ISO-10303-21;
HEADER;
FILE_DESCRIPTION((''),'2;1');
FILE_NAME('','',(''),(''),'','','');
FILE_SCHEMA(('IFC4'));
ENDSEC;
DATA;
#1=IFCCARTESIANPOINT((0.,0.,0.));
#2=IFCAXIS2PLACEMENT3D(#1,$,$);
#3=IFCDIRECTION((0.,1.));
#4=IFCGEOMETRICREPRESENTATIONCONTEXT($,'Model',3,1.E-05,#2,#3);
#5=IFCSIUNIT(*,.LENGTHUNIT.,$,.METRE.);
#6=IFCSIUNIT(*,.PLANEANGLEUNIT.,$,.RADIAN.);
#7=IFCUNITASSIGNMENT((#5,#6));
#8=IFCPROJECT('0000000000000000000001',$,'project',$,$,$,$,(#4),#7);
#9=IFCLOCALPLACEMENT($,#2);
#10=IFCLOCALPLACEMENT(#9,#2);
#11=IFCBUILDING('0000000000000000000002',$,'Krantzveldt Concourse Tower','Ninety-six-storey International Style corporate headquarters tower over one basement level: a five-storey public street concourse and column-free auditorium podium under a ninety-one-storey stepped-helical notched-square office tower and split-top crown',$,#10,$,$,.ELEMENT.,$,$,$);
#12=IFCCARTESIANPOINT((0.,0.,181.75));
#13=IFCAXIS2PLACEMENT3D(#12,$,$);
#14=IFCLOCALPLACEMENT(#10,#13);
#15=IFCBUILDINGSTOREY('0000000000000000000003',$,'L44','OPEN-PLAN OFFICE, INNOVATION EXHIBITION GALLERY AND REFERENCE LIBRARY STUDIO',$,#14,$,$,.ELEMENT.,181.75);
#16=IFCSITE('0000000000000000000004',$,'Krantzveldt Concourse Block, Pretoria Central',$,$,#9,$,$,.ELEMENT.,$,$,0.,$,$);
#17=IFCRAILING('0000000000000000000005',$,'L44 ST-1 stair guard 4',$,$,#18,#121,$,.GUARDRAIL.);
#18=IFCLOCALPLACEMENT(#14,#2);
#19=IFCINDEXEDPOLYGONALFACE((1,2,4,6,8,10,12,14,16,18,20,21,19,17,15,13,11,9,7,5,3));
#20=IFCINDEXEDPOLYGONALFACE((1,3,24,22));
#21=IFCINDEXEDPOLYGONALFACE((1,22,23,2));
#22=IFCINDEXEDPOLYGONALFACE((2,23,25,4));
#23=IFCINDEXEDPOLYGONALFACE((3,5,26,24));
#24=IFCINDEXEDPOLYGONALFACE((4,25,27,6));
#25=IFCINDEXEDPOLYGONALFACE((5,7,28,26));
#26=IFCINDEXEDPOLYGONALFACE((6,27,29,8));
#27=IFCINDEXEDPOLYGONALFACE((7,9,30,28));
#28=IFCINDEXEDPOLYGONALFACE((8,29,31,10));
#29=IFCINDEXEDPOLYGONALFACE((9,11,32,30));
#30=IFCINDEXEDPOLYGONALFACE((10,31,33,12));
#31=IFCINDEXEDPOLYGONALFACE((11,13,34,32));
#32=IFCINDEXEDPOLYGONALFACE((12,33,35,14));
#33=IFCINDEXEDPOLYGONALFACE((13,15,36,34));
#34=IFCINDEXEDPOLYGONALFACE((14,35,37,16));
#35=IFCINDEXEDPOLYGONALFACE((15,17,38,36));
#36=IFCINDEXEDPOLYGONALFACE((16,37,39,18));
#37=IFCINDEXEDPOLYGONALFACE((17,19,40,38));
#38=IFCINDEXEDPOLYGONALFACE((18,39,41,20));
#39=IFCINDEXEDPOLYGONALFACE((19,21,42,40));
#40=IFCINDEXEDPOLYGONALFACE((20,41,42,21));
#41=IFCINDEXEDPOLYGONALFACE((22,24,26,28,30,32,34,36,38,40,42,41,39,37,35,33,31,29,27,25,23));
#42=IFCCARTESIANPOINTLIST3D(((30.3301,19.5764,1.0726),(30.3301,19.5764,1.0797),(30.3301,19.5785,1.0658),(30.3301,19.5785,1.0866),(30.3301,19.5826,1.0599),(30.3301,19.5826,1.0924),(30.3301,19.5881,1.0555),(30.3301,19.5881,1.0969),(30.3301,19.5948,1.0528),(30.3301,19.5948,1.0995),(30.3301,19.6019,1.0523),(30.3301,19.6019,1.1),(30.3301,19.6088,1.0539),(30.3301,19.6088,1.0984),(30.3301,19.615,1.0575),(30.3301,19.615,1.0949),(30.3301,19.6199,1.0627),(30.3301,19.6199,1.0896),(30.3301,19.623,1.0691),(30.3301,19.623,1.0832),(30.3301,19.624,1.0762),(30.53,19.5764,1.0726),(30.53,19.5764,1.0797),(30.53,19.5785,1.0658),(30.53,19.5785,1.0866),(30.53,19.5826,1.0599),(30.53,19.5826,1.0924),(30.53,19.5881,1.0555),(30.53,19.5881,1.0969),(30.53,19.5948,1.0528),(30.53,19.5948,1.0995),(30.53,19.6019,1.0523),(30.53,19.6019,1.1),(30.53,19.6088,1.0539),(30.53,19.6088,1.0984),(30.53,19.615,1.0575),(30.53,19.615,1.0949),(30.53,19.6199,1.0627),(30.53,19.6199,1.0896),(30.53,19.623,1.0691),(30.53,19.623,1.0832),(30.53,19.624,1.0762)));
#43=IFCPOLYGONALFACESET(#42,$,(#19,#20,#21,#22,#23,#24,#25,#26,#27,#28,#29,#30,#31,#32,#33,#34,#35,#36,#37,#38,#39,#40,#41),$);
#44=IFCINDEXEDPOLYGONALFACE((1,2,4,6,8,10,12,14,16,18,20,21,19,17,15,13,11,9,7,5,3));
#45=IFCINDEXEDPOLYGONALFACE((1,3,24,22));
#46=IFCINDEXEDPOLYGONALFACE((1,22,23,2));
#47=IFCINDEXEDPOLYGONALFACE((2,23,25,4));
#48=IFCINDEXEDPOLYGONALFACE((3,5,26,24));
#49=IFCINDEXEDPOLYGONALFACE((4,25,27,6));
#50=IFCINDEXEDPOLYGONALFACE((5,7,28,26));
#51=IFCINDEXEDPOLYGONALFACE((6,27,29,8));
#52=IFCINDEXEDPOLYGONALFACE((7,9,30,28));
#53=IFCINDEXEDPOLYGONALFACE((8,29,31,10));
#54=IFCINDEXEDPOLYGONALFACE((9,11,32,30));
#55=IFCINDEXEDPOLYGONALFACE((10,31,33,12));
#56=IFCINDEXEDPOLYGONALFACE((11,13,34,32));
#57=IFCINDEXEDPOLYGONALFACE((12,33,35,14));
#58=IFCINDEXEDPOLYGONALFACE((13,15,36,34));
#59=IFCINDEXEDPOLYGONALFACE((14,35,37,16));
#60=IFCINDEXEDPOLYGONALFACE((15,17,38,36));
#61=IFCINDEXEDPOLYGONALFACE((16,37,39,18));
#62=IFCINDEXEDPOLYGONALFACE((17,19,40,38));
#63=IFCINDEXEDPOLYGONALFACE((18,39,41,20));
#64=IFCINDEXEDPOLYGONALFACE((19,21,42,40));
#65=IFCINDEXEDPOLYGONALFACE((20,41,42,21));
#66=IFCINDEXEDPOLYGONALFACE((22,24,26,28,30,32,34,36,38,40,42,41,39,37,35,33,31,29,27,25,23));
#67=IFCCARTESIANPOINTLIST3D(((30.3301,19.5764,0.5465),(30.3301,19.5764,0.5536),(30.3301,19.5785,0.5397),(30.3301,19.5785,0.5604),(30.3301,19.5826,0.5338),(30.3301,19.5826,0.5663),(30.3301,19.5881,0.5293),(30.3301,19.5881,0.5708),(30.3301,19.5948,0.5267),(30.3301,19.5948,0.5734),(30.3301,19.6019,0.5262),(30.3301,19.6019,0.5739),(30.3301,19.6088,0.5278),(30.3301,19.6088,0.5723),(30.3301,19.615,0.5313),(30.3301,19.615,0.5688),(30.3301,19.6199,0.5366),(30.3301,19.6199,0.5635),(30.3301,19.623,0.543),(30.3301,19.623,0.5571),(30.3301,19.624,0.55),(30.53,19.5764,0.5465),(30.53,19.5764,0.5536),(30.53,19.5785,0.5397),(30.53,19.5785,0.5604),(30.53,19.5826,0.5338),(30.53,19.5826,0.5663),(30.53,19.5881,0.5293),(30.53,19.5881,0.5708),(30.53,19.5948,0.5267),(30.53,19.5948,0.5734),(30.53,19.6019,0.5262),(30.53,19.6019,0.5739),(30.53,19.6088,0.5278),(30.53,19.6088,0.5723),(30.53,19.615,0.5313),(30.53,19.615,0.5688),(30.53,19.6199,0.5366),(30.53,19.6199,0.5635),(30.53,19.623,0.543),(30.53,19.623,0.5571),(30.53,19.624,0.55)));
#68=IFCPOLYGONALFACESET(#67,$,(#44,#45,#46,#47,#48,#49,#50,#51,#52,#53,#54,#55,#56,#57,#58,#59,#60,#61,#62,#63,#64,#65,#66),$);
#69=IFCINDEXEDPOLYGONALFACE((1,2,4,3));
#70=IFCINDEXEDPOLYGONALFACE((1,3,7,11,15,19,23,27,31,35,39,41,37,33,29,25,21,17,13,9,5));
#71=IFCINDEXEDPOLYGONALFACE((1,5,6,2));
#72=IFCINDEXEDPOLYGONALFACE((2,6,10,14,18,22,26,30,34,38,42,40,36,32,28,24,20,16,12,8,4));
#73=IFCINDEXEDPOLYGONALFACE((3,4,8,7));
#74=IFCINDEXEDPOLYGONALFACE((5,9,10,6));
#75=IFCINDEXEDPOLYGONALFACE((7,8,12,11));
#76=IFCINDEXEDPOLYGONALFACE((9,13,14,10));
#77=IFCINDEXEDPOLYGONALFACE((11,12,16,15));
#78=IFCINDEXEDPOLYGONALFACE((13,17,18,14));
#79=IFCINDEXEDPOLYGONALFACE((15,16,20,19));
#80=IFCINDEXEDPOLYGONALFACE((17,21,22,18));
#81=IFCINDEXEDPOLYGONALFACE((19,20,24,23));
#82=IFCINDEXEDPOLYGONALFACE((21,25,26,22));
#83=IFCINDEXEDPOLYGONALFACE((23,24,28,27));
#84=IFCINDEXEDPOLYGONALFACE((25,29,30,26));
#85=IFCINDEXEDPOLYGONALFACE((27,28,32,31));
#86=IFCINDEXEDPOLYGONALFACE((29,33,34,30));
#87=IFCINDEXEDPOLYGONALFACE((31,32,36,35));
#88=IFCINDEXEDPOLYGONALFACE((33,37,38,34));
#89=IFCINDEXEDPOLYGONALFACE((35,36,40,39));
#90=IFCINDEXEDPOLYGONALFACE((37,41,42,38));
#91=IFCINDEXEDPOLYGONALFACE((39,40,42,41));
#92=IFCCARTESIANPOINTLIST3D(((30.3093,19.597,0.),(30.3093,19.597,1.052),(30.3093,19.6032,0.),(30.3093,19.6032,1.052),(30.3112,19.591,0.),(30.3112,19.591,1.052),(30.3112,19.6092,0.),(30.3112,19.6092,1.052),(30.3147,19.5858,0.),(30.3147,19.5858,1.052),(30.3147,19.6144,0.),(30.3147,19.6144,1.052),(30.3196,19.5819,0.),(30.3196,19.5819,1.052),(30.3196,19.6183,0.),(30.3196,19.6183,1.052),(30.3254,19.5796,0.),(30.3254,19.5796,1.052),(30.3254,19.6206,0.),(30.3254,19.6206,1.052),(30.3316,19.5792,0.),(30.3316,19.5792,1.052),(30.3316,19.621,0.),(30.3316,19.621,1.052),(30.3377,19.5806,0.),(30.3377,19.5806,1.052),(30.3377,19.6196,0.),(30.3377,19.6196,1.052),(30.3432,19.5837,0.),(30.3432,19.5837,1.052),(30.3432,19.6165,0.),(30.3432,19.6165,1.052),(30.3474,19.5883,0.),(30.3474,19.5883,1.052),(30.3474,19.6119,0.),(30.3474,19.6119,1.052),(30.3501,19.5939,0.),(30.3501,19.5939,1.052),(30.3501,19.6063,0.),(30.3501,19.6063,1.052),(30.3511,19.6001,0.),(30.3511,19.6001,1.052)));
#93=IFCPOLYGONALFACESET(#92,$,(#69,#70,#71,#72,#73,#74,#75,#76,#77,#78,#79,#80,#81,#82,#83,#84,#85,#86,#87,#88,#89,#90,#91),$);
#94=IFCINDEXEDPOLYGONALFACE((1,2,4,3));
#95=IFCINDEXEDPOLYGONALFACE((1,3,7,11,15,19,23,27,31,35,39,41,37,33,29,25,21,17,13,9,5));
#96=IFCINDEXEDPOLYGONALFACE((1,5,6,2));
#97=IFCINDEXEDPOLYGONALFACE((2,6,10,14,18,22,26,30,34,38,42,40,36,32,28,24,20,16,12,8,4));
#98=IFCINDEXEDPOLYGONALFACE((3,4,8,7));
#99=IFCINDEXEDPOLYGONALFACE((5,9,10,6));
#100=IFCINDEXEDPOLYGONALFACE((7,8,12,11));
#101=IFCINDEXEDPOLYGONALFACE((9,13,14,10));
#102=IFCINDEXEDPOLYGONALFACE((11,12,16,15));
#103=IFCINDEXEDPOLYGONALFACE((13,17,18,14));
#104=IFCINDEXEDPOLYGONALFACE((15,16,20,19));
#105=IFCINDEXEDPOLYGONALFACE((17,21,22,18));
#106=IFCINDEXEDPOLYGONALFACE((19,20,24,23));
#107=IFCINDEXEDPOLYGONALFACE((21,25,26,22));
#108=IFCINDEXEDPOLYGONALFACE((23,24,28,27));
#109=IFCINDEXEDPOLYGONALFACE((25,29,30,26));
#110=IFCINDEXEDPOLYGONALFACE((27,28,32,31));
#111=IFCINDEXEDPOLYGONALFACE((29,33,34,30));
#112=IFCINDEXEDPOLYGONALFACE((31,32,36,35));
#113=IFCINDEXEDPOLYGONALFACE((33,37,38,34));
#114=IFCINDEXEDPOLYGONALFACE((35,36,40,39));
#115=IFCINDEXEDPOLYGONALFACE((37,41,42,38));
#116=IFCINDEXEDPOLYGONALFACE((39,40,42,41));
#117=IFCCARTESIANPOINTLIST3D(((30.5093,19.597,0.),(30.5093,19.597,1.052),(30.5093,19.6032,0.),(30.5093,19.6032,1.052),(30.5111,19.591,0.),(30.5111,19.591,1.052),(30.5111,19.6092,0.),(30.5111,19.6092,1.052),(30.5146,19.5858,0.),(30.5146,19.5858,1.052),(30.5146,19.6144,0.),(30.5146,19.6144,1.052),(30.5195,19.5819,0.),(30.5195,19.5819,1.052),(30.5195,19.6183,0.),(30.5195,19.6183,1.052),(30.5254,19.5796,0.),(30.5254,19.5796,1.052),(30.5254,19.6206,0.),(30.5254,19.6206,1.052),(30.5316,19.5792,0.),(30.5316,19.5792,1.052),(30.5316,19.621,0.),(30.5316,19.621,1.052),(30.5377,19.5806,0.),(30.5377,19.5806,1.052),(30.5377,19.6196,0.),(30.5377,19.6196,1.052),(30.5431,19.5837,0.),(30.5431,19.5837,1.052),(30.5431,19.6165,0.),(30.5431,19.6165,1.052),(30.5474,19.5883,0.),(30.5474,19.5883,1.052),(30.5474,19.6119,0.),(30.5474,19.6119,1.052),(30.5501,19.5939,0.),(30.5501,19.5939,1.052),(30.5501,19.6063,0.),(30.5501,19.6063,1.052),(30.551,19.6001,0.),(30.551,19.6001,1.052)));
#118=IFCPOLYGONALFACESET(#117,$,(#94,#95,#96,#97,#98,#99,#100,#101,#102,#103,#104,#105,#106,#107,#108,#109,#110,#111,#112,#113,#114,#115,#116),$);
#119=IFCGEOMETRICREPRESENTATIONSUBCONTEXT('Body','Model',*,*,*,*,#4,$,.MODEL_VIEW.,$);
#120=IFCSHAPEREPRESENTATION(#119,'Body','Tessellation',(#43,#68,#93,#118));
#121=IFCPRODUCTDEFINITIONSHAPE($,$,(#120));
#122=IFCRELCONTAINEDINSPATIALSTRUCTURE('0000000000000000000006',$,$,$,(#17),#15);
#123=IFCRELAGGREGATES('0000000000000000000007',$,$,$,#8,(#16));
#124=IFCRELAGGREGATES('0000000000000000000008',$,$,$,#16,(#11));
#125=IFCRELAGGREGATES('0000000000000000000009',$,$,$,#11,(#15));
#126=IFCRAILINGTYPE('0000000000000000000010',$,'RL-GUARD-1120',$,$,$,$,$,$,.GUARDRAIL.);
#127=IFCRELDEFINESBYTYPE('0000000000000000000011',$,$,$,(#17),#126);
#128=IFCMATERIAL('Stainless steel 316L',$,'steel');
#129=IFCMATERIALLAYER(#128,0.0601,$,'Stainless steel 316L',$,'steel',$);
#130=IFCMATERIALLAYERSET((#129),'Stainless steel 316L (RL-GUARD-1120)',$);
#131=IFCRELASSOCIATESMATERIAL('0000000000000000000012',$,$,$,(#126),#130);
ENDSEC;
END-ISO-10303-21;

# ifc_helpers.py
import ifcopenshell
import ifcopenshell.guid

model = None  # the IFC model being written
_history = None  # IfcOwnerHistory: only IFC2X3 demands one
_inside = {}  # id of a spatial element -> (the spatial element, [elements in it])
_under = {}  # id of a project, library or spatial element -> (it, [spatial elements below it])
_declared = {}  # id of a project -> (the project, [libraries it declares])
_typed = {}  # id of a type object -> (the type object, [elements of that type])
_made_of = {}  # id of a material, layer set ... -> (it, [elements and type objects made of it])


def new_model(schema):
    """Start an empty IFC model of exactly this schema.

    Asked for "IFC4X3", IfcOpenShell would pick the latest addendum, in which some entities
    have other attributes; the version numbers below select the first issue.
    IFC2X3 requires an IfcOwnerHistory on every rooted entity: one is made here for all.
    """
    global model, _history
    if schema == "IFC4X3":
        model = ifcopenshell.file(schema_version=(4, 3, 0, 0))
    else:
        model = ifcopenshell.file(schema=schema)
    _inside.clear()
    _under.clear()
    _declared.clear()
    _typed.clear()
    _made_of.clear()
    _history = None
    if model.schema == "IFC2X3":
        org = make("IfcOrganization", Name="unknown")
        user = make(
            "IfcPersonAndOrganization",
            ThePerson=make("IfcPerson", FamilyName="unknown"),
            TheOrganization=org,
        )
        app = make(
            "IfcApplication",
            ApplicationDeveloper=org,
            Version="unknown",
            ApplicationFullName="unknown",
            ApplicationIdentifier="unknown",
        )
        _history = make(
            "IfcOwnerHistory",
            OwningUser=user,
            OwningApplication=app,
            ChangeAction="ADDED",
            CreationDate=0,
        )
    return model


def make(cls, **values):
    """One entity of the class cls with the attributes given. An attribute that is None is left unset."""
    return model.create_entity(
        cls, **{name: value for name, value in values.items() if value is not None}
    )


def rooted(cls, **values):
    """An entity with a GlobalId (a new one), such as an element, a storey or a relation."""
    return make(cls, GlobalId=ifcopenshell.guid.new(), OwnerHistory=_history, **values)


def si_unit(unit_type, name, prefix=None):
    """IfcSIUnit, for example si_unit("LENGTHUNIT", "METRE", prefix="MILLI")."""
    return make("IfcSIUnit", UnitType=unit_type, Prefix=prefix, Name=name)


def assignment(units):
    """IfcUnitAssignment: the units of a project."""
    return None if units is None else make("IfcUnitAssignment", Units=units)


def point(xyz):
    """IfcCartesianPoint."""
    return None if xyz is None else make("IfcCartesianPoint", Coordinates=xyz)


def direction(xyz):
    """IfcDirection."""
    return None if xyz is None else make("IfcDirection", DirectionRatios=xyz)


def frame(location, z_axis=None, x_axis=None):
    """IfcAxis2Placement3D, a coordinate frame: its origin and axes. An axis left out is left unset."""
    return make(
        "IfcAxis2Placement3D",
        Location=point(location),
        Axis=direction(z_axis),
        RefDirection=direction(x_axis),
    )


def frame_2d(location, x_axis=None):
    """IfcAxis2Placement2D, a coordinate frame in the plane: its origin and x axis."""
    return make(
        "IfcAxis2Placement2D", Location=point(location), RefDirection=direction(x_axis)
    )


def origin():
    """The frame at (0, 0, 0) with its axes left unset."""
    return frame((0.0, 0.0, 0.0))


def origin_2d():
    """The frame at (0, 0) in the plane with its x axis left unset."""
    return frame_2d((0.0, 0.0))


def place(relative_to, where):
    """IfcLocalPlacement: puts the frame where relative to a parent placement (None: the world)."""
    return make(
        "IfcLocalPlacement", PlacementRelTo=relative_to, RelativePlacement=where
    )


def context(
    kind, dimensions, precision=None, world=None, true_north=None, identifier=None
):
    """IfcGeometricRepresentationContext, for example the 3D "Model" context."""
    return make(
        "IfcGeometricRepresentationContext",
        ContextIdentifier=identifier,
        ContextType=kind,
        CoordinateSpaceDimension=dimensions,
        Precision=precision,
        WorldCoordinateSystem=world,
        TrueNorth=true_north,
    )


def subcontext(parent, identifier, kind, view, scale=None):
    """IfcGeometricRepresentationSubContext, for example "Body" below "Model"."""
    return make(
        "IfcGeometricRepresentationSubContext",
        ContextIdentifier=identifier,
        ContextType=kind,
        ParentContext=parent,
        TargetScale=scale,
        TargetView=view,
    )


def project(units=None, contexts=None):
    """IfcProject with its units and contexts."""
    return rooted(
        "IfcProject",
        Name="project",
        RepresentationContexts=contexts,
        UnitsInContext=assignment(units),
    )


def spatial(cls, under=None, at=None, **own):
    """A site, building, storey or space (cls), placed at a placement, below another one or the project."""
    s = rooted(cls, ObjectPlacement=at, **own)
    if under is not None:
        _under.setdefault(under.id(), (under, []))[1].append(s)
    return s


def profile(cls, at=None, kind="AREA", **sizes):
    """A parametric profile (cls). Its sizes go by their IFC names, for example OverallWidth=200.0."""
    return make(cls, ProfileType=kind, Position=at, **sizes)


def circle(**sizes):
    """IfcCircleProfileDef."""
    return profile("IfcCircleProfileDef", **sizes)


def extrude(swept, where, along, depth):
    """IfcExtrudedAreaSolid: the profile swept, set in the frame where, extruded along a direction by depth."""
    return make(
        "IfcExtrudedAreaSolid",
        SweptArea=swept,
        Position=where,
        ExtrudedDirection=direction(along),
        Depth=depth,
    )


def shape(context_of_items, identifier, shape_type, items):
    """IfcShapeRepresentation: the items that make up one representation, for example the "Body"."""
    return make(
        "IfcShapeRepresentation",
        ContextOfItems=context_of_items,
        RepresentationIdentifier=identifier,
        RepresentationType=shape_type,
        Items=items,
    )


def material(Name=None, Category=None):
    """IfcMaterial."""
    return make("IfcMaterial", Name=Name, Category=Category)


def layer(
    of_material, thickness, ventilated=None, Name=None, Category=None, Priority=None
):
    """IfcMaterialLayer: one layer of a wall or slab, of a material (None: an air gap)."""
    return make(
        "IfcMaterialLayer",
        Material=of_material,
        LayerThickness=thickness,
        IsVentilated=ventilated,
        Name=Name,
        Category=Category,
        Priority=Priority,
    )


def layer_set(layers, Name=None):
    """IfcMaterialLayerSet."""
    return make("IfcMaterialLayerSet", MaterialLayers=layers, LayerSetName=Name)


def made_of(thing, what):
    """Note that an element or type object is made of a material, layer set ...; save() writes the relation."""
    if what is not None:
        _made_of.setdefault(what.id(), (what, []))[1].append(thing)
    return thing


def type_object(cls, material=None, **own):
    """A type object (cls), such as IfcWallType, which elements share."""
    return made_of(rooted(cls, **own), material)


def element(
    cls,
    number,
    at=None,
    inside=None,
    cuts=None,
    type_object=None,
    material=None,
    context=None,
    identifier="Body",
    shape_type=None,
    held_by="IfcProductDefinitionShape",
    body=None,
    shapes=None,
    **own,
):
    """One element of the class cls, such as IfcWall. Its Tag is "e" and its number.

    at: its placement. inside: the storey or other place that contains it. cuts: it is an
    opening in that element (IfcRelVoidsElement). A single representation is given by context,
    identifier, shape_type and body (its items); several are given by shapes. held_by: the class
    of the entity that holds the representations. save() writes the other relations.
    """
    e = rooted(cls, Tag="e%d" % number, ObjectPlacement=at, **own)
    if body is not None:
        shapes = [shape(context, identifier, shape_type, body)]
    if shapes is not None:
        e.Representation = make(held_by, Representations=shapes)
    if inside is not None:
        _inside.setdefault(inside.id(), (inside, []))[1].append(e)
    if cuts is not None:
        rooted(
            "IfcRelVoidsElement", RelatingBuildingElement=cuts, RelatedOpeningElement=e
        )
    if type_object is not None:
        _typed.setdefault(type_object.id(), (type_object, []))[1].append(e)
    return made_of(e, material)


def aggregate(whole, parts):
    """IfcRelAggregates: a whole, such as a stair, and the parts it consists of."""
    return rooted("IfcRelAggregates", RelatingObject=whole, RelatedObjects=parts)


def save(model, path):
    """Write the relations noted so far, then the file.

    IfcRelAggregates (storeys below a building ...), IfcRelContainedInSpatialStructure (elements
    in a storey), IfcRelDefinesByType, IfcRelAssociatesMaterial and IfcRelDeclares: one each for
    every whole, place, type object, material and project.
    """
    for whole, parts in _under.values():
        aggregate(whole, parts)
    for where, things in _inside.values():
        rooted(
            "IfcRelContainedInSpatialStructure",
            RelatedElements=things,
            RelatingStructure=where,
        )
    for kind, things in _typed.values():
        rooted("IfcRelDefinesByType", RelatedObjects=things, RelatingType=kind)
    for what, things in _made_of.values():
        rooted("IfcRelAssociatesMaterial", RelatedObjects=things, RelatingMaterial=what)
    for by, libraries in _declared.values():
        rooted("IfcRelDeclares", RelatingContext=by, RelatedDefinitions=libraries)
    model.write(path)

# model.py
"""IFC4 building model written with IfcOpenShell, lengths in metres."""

from ifc_helpers import new_model, si_unit, direction, frame, origin, origin_2d, place, context, subcontext, project, spatial, circle, extrude, material, layer, layer_set, type_object, element, save


model = new_model("IFC4")

# Units and contexts
model_context = context("Model", 3, precision=1e-05, world=origin(), true_north=direction((0.0, 1.0)))
body_context = subcontext(model_context, "Body", "Model", "MODEL_VIEW")
ifc_project = project(units=[si_unit("LENGTHUNIT", "METRE"), si_unit("PLANEANGLEUNIT", "RADIAN")], contexts=[model_context])

# Site, building, storey
site_placement = place(None, origin())
site = spatial("IfcSite", under=ifc_project, at=site_placement, Name="Krantzveldt Concourse Block, Pretoria Central", CompositionType="ELEMENT", RefElevation=0.0)
building_placement = place(site_placement, origin())
building = spatial("IfcBuilding", under=site, at=building_placement, Name="Krantzveldt Concourse Tower", Description="Ninety-six-storey International Style corporate headquarters tower over one basement level: a five-storey public street concourse and column-free auditorium podium under a ninety-one-storey stepped-helical notched-square office tower and split-top crown", CompositionType="ELEMENT")
storey_placement = place(building_placement, frame((0.0, 0.0, 181.75)))
storey = spatial("IfcBuildingStorey", under=building, at=storey_placement, Name="L44", Description="OPEN-PLAN OFFICE, INNOVATION EXHIBITION GALLERY AND REFERENCE LIBRARY STUDIO", CompositionType="ELEMENT", Elevation=181.75)

# Shared definitions
ifc_material_1 = material(Name="Stainless steel 316L", Category="steel")

# Railing
ifc_layer_1 = layer(ifc_material_1, 0.0601, Name="Stainless steel 316L", Category="steel")
ifc_layer_set_1 = layer_set([ifc_layer_1], Name="Stainless steel 316L (RL-GUARD-1120)")
railing_type_1 = type_object("IfcRailingType", Name="RL-GUARD-1120", PredefinedType="GUARDRAIL", material=ifc_layer_set_1)
railing_1_placement = place(storey_placement, frame((30.3301, 19.6001, 0.0)))
element("IfcRailing", 1, at=railing_1_placement, inside=storey, type_object=railing_type_1, Name="L44 ST-1 stair guard 4", PredefinedType="GUARDRAIL", context=body_context, shape_type="SweptSolid", body=[
    extrude(circle(Radius=0.0239, at=origin_2d()), frame((0.0, 0.0, 1.0762), z_axis=(1.0, 0.0, 0.0), x_axis=(0.0, 1.0, 0.0)), (0.0, 0.0, 1.0), 0.2),
    extrude(circle(Radius=0.0239, at=origin_2d()), frame((0.0, 0.0, 0.55), z_axis=(1.0, 0.0, 0.0), x_axis=(0.0, 1.0, 0.0)), (0.0, 0.0, 1.0), 0.2),
    extrude(circle(Radius=0.021, at=origin_2d()), origin(), (0.0, 0.0, 1.0), 1.052),
    extrude(circle(Radius=0.021, at=origin_2d()), frame((0.2, 0.0, 0.0)), (0.0, 0.0, 1.0), 1.052),
])

save(model, "model.ifc")
